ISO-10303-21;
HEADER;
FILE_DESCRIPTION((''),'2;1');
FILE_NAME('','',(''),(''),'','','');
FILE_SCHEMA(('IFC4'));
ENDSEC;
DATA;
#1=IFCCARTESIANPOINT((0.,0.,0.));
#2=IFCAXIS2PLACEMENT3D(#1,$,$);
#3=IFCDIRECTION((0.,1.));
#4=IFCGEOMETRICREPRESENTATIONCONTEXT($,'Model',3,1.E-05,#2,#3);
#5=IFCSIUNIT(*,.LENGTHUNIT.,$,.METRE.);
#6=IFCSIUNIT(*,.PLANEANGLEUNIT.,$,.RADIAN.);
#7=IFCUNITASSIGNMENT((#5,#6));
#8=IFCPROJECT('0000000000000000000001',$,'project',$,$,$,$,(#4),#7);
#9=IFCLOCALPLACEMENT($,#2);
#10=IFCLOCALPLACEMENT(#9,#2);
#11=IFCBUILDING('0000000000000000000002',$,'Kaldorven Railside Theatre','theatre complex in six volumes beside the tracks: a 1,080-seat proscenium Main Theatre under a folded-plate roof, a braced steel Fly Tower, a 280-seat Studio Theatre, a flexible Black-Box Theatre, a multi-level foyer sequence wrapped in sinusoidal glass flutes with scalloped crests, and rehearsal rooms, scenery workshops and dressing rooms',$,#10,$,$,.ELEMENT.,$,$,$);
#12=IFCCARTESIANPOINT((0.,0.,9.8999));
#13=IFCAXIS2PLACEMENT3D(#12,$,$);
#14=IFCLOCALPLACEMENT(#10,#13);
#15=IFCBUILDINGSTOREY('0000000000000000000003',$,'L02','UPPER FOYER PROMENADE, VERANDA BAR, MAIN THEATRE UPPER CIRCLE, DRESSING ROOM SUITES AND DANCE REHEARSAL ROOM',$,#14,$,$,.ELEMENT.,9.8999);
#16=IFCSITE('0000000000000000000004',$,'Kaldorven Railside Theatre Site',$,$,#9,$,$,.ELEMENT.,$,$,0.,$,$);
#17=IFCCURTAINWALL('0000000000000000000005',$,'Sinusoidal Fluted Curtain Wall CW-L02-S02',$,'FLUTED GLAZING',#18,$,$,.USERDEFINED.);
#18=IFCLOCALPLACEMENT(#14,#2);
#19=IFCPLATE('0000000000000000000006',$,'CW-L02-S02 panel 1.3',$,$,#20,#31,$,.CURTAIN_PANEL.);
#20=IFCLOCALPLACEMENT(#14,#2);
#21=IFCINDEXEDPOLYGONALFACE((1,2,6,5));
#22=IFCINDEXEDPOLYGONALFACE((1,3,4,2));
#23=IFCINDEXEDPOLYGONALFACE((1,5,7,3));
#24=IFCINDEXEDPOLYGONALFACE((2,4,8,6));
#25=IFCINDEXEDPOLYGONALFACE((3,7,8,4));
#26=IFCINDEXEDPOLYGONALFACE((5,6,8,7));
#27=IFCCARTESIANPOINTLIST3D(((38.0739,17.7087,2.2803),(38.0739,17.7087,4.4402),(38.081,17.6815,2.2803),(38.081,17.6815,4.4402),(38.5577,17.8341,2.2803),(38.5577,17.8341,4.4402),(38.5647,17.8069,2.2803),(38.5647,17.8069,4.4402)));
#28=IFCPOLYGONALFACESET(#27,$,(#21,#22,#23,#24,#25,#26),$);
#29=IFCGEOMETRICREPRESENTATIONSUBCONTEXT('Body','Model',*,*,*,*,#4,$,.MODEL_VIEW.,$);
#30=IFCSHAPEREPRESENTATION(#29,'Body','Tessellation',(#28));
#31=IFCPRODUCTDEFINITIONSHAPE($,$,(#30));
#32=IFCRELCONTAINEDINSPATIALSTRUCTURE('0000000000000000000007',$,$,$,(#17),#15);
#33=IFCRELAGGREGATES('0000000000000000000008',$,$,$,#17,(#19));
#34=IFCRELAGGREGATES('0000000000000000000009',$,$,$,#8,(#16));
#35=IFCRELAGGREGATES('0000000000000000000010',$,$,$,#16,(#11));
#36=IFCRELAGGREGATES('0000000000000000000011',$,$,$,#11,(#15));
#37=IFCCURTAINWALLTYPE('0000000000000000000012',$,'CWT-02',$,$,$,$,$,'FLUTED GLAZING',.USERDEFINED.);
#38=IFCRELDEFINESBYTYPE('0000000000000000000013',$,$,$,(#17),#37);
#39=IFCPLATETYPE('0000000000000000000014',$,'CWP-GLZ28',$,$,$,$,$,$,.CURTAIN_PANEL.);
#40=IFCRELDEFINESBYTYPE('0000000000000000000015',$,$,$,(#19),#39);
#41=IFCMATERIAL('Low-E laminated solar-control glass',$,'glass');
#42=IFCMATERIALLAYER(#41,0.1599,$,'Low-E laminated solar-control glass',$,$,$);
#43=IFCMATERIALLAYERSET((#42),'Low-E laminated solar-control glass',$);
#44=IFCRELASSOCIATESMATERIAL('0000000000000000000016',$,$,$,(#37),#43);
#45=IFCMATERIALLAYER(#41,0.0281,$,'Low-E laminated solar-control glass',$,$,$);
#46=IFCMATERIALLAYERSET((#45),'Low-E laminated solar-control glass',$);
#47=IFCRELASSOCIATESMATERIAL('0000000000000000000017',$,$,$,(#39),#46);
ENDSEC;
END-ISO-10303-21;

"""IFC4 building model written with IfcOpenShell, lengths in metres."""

from ifc_helpers import new_model, si_unit, direction, frame, origin, origin_2d, place, context, subcontext, project, spatial, rectangle, extrude, material, layer, layer_set, type_object, element, aggregate, save


model = new_model("IFC4")

# Units and contexts
model_context = context("Model", 3, precision=1e-05, world=origin(), true_north=direction((0.0, 1.0)))
body_context = subcontext(model_context, "Body", "Model", "MODEL_VIEW")
ifc_project = project(units=[si_unit("LENGTHUNIT", "METRE"), si_unit("PLANEANGLEUNIT", "RADIAN")], contexts=[model_context])

# Site, building, storey
site_placement = place(None, origin())
site = spatial("IfcSite", under=ifc_project, at=site_placement, Name="Kaldorven Railside Theatre Site", CompositionType="ELEMENT", RefElevation=0.0)
building_placement = place(site_placement, origin())
building = spatial("IfcBuilding", under=site, at=building_placement, Name="Kaldorven Railside Theatre", Description="theatre complex in six volumes beside the tracks: a 1,080-seat proscenium Main Theatre under a folded-plate roof, a braced steel Fly Tower, a 280-seat Studio Theatre, a flexible Black-Box Theatre, a multi-level foyer sequence wrapped in sinusoidal glass flutes with scalloped crests, and rehearsal rooms, scenery workshops and dressing rooms", CompositionType="ELEMENT")
storey_placement = place(building_placement, frame((0.0, 0.0, 9.8999)))
storey = spatial("IfcBuildingStorey", under=building, at=storey_placement, Name="L02", Description="UPPER FOYER PROMENADE, VERANDA BAR, MAIN THEATRE UPPER CIRCLE, DRESSING ROOM SUITES AND DANCE REHEARSAL ROOM", CompositionType="ELEMENT", Elevation=9.8999)

# Shared definitions
ifc_material_1 = material(Name="Low-E laminated solar-control glass", Category="glass")

# Curtain wall
ifc_layer_1 = layer(ifc_material_1, 0.1599, Name="Low-E laminated solar-control glass")
ifc_layer_set_1 = layer_set([ifc_layer_1], Name="Low-E laminated solar-control glass")
curtain_wall_type_1 = type_object("IfcCurtainWallType", Name="CWT-02", ElementType="FLUTED GLAZING", PredefinedType="USERDEFINED", material=ifc_layer_set_1)
curtain_wall_1_placement = place(storey_placement, origin())
curtain_wall_1 = element("IfcCurtainWall", 1, at=curtain_wall_1_placement, inside=storey, type_object=curtain_wall_type_1, Name="Sinusoidal Fluted Curtain Wall CW-L02-S02", ObjectType="FLUTED GLAZING", PredefinedType="USERDEFINED")

# Plate
ifc_layer_2 = layer(ifc_material_1, 0.0281, Name="Low-E laminated solar-control glass")
ifc_layer_set_2 = layer_set([ifc_layer_2], Name="Low-E laminated solar-control glass")
plate_type = type_object("IfcPlateType", Name="CWP-GLZ28", PredefinedType="CURTAIN_PANEL", material=ifc_layer_set_2)
plate_1_placement = place(storey_placement, frame((38.3193, 17.7578, 2.2803), z_axis=(0.0, 0.0, 1.0), x_axis=(0.967999, 0.250954, 0.0)))
plate_1 = element("IfcPlate", 2, at=plate_1_placement, type_object=plate_type, Name="CW-L02-S02 panel 1.3", PredefinedType="CURTAIN_PANEL", context=body_context, shape_type="SweptSolid", body=[
    extrude(rectangle(XDim=0.4998, YDim=0.0281, at=origin_2d()), origin(), (0.0, 0.0, 1.0), 2.1599),
])
aggregate(curtain_wall_1, [plate_1])

save(model, "model.ifc")
